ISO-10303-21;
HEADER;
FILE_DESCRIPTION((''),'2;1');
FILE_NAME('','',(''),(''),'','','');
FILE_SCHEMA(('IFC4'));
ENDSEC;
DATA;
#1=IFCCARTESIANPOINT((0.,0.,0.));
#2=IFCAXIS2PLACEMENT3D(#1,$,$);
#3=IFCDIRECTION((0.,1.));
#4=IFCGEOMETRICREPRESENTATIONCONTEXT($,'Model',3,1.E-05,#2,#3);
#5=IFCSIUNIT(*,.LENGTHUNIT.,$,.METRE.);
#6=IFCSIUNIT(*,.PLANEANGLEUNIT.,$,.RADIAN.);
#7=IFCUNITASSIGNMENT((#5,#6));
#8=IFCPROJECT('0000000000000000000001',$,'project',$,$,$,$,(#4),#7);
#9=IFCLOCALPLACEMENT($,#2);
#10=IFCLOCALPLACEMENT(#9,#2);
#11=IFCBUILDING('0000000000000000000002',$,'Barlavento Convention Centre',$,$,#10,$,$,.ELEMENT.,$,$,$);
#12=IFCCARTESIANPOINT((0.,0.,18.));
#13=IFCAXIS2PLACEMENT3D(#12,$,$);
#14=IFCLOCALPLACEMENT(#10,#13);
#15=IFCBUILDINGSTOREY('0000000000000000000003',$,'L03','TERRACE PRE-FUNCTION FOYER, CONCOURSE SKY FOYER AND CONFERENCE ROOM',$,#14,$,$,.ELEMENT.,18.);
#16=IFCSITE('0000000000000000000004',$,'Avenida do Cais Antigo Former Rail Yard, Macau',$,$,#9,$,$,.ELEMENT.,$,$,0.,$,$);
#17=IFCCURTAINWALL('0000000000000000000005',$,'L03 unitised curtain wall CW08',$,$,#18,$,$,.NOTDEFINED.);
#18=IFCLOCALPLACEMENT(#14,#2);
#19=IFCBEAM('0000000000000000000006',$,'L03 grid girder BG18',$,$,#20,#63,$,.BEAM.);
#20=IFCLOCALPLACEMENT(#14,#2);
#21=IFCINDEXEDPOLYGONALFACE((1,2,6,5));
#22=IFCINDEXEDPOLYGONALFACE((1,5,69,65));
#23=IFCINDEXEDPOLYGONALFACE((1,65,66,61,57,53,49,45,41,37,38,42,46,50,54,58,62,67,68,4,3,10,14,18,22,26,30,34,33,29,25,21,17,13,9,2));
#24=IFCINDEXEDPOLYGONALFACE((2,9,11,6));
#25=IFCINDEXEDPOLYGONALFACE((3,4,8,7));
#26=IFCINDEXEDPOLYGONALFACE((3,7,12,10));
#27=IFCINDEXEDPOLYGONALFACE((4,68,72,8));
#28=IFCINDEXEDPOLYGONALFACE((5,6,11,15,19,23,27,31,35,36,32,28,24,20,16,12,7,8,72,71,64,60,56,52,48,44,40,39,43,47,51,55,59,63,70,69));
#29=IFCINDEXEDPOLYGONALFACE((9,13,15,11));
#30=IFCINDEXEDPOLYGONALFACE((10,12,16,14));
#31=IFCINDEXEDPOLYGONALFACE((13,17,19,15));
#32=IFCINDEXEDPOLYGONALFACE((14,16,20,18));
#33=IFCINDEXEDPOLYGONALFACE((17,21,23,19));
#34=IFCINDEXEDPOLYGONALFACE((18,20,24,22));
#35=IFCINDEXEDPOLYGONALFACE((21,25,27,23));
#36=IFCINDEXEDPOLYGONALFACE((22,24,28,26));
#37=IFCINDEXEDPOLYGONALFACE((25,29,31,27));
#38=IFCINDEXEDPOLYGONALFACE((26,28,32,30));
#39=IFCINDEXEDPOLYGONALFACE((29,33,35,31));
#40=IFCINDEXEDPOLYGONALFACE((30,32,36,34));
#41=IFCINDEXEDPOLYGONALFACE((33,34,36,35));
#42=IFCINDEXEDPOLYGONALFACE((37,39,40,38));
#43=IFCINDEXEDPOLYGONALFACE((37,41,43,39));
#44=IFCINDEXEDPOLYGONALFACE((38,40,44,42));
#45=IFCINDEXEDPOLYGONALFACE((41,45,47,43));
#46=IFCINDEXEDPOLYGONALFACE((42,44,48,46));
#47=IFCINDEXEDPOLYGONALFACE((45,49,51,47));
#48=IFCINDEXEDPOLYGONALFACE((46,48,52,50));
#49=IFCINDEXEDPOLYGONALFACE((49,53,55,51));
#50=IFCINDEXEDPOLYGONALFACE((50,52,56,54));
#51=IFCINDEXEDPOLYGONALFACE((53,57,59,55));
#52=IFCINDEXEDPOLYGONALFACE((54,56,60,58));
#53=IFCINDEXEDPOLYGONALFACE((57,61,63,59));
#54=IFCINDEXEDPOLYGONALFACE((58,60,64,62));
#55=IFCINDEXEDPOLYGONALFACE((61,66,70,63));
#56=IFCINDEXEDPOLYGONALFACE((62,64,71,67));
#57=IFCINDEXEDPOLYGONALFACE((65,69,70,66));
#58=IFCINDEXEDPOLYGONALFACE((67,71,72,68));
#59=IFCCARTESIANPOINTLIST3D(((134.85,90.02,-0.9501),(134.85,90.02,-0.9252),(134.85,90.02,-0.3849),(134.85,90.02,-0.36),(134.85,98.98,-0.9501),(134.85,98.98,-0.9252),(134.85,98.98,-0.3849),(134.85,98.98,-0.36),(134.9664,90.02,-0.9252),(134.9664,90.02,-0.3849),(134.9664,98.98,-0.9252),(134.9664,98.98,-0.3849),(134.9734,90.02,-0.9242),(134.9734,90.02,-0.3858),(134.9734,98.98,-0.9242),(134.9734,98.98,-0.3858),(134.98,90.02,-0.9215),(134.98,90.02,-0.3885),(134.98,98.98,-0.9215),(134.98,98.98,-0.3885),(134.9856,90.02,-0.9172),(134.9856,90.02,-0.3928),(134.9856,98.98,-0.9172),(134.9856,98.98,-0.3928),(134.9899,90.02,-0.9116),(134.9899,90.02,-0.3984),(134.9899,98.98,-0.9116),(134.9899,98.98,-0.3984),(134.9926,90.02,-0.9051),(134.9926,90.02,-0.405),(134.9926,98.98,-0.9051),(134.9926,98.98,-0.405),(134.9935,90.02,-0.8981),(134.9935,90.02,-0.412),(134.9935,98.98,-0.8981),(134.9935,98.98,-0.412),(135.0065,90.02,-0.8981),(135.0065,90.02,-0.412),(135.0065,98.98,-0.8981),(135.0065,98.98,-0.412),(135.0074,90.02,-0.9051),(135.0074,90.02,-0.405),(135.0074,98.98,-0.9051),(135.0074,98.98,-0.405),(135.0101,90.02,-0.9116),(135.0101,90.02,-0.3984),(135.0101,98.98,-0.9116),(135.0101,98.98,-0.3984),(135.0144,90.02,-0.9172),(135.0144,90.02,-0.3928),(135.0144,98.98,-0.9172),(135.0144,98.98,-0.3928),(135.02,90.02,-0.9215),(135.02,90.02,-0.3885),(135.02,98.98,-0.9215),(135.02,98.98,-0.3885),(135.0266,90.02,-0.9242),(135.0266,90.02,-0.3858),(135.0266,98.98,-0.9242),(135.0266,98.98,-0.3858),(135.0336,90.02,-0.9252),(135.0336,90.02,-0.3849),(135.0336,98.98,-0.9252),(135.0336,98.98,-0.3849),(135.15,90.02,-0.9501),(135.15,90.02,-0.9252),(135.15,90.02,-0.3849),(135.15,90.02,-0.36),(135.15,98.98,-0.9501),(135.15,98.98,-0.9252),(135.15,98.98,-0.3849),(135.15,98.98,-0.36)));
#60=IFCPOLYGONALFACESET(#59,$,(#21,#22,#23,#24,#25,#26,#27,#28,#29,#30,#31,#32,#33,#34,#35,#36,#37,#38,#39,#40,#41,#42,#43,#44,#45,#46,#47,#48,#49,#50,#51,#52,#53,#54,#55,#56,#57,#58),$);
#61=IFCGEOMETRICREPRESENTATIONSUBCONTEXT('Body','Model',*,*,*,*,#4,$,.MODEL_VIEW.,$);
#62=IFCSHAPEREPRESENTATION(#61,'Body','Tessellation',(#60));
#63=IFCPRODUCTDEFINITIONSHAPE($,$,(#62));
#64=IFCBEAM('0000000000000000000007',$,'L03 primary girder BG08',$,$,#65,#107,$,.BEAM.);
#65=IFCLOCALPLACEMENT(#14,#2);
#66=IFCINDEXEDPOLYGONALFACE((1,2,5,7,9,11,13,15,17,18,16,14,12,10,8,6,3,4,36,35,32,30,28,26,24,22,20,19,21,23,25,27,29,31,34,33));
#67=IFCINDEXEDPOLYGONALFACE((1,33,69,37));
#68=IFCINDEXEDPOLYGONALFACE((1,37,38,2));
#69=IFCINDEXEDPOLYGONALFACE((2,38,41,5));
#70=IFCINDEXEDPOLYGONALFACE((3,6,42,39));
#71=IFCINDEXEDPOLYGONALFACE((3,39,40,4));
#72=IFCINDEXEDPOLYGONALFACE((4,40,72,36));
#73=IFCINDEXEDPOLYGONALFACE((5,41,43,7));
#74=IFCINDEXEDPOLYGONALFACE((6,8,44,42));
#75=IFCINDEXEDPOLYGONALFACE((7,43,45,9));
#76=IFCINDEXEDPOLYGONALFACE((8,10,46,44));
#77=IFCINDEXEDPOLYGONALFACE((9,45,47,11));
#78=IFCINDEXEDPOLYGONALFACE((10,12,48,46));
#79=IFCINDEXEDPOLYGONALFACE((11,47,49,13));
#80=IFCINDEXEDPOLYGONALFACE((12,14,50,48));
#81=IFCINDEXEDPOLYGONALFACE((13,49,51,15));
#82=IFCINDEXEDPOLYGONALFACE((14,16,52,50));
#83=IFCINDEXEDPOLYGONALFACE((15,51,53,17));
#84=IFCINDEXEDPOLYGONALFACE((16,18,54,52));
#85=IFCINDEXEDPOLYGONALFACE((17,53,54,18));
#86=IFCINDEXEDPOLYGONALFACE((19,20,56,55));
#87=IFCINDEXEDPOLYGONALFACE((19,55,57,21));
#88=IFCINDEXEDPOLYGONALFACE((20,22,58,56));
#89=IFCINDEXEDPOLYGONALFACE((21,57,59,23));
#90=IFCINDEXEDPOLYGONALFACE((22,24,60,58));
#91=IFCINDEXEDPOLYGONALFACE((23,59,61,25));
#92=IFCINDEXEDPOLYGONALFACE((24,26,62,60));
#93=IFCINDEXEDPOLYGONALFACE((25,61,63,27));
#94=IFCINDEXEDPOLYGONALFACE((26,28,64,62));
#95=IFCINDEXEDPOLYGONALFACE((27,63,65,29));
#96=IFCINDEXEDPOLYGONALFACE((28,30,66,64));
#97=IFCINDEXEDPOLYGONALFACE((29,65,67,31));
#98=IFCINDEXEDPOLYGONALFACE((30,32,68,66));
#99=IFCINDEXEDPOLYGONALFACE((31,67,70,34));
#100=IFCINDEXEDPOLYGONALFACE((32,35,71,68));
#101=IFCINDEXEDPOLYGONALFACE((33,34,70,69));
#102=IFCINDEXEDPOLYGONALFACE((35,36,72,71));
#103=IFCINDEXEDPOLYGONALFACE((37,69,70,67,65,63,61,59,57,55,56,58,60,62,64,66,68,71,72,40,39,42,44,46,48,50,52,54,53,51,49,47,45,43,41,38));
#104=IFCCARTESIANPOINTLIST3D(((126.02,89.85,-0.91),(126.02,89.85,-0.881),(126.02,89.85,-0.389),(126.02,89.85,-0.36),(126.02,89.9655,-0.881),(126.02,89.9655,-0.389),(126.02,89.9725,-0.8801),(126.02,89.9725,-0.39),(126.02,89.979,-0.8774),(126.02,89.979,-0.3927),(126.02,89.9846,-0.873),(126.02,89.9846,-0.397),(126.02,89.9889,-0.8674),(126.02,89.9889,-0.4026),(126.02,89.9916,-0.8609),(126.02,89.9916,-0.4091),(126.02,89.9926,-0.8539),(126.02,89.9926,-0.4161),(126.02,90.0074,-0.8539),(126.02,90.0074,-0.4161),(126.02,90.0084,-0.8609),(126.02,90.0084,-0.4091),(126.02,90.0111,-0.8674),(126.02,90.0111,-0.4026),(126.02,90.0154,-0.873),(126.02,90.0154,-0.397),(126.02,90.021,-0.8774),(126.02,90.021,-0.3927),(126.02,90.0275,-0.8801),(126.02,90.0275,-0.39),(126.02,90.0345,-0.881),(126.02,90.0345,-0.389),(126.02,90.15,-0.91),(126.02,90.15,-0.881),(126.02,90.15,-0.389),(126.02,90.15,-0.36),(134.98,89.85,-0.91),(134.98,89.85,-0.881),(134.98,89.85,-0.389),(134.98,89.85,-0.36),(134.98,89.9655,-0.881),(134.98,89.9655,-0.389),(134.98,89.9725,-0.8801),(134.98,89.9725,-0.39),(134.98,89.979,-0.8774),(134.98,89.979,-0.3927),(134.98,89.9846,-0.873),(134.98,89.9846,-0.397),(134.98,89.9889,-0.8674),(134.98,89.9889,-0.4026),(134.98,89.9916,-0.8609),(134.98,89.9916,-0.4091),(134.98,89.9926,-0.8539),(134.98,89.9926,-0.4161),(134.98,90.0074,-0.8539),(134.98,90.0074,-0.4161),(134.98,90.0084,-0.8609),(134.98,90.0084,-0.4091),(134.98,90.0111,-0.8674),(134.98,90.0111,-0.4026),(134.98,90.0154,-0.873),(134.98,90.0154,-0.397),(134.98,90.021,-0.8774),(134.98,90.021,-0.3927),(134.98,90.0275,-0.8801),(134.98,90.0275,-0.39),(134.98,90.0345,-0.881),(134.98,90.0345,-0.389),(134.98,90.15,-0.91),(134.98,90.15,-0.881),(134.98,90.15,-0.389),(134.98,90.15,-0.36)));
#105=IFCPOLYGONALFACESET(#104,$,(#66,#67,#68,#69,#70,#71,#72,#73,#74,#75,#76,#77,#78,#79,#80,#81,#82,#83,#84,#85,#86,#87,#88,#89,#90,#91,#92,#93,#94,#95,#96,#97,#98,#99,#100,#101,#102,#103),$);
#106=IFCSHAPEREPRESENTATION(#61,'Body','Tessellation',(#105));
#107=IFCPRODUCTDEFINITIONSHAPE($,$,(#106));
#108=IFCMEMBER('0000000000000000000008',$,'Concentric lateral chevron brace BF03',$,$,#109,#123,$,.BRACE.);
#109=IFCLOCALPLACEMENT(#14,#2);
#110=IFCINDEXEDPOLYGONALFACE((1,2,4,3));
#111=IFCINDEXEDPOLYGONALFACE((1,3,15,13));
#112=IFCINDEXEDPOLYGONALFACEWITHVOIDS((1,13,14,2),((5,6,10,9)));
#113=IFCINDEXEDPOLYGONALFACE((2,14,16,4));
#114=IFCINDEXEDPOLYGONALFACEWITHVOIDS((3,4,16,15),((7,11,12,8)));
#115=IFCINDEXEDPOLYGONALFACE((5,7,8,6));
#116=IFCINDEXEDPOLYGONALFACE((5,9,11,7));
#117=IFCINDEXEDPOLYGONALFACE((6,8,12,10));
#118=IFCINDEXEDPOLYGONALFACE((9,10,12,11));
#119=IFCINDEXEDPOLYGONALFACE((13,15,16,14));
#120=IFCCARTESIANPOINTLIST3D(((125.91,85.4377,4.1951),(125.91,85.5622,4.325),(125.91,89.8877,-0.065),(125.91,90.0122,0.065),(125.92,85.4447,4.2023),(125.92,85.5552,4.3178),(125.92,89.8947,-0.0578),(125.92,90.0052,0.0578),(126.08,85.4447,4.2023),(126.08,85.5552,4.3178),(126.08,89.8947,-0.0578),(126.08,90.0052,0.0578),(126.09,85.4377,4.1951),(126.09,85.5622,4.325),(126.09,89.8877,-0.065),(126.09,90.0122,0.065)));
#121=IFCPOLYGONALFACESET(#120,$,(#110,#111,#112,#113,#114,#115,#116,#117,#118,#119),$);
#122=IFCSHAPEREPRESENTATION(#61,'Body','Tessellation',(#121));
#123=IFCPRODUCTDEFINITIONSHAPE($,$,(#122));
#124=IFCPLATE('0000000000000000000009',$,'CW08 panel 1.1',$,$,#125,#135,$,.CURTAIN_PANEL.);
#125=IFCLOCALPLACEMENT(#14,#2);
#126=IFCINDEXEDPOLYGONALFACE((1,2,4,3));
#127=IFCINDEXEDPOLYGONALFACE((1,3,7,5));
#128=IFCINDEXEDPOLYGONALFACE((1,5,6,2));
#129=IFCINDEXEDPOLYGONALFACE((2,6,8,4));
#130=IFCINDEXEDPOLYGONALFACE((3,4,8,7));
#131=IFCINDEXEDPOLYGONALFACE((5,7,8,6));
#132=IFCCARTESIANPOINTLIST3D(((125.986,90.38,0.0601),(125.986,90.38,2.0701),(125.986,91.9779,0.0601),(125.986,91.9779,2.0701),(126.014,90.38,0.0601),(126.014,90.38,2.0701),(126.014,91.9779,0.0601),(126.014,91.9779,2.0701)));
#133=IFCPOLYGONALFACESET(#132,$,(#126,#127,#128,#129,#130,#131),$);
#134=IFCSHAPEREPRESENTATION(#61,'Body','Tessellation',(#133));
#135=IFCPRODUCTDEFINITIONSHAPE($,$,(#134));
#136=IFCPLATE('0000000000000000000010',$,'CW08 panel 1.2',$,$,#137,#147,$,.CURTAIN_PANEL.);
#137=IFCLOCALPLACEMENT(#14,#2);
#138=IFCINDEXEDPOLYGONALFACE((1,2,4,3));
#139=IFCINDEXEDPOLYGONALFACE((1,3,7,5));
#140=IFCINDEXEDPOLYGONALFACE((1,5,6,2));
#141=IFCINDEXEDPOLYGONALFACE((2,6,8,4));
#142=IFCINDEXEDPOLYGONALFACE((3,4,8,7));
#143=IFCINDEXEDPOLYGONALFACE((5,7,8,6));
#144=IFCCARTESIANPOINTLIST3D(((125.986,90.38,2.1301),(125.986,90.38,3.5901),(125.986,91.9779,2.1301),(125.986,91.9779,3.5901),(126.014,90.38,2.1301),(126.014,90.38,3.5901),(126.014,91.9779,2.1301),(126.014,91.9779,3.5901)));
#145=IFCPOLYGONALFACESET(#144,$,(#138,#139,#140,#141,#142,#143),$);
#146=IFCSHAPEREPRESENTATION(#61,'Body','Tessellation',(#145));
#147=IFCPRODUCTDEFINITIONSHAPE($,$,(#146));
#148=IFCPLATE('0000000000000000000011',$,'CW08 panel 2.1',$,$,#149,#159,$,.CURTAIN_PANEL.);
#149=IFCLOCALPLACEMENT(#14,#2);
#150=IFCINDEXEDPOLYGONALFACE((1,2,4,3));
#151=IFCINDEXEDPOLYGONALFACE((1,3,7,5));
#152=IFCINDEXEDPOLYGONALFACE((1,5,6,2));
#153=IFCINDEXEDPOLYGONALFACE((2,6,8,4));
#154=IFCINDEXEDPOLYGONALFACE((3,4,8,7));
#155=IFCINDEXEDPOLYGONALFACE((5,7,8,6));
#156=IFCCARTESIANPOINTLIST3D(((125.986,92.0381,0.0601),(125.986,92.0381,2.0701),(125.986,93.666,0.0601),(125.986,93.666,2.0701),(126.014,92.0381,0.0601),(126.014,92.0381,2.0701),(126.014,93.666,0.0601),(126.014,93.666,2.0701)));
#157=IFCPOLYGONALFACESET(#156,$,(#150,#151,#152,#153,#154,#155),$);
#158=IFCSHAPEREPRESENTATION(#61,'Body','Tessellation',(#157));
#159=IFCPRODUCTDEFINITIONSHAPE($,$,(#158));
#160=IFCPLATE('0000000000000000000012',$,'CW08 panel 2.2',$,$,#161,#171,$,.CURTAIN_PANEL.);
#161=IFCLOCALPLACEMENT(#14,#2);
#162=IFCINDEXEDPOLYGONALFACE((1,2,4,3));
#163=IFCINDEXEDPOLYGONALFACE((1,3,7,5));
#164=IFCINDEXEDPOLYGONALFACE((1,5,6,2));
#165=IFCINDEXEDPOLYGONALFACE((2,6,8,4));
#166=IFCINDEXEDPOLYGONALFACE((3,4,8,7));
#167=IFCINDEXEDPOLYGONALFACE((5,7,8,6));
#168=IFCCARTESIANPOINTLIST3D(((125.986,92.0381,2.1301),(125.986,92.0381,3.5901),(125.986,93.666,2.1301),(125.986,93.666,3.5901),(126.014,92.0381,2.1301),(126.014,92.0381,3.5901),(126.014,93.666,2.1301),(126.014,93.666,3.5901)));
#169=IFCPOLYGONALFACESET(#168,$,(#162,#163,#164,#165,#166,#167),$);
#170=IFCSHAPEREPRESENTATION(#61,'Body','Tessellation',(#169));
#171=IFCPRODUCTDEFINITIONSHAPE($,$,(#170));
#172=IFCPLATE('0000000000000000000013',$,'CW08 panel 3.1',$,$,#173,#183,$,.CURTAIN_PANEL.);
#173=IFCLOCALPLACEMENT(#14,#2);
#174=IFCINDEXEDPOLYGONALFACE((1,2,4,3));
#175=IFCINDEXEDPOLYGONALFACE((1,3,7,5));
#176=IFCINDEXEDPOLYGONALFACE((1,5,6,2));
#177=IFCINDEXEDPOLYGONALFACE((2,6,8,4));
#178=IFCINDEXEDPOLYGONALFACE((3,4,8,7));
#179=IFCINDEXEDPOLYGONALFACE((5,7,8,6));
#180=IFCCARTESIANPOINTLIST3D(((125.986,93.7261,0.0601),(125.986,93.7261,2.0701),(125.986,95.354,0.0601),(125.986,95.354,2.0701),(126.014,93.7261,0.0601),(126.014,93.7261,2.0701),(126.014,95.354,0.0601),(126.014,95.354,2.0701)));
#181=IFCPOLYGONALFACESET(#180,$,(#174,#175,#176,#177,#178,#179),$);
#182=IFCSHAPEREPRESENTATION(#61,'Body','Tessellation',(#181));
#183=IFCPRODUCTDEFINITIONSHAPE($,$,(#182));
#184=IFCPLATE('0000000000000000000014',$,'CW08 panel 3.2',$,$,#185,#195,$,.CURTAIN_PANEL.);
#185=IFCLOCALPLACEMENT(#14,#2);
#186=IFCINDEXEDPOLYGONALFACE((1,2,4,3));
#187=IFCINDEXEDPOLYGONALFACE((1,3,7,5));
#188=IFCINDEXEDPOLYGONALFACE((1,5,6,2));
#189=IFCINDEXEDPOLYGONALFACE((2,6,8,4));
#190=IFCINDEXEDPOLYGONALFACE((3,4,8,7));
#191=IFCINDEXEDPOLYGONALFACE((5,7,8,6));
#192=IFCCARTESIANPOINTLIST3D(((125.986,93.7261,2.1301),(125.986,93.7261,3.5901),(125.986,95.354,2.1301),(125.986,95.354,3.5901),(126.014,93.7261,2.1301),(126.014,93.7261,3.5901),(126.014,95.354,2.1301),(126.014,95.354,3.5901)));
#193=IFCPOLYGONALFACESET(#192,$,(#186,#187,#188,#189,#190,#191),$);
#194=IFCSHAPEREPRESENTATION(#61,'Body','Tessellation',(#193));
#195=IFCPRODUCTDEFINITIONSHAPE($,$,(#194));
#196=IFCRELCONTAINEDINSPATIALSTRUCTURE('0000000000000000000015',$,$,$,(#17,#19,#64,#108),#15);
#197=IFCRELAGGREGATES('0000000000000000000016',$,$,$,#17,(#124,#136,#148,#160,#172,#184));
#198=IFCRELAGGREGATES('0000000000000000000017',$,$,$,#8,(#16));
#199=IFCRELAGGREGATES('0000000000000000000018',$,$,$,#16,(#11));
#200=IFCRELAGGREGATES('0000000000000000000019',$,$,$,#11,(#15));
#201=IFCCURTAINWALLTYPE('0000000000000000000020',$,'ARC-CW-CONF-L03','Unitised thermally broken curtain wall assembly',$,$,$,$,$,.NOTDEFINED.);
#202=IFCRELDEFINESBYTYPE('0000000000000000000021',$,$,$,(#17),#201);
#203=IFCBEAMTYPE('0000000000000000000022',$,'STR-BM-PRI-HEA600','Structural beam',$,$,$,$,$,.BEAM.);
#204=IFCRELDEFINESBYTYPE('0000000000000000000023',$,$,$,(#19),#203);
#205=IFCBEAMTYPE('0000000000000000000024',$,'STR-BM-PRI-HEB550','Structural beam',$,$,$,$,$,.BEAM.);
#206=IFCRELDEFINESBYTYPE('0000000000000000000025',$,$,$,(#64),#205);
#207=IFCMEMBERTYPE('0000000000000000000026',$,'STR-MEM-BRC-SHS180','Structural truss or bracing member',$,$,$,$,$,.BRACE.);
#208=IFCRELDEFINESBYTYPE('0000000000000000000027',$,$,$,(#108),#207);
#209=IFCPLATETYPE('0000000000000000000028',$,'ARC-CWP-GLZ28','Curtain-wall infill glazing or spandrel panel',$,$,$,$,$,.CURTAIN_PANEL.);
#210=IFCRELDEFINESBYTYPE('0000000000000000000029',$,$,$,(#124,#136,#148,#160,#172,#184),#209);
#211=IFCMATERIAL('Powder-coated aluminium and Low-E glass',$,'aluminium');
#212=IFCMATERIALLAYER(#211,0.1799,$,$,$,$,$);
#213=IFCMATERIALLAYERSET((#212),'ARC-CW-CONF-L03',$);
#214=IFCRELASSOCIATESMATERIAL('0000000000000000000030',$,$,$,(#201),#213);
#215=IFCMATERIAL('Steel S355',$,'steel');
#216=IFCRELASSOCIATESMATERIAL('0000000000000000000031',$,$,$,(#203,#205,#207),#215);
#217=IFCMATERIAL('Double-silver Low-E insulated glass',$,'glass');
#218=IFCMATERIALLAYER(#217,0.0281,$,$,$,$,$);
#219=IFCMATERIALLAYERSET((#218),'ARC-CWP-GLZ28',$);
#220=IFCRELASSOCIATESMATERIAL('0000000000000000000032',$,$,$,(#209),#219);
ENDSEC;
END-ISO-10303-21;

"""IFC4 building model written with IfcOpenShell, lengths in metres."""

from ifc_helpers import new_model, si_unit, direction, frame, origin, origin_2d, place, context, subcontext, project, spatial, rectangle, hollow_rectangle, i_section, extrude, material, layer, layer_set, material_profile, profile_set, type_object, element, aggregate, save


model = new_model("IFC4")

# Units and contexts
model_context = context("Model", 3, precision=1e-05, world=origin(), true_north=direction((0.0, 1.0)))
body_context = subcontext(model_context, "Body", "Model", "MODEL_VIEW")
ifc_project = project(units=[si_unit("LENGTHUNIT", "METRE"), si_unit("PLANEANGLEUNIT", "RADIAN")], contexts=[model_context])

# Site, building, storey
site_placement = place(None, origin())
site = spatial("IfcSite", under=ifc_project, at=site_placement, Name="Avenida do Cais Antigo Former Rail Yard, Macau", CompositionType="ELEMENT", RefElevation=0.0)
building_placement = place(site_placement, origin())
building = spatial("IfcBuilding", under=site, at=building_placement, Name="Barlavento Convention Centre", CompositionType="ELEMENT")
storey_placement = place(building_placement, frame((0.0, 0.0, 18.0)))
storey = spatial("IfcBuildingStorey", under=building, at=storey_placement, Name="L03", Description="TERRACE PRE-FUNCTION FOYER, CONCOURSE SKY FOYER AND CONFERENCE ROOM", CompositionType="ELEMENT", Elevation=18.0)

# Shared definitions
ifc_material_1 = material(Name="Steel S355", Category="steel")

# Curtain wall
ifc_material_2 = material(Name="Powder-coated aluminium and Low-E glass", Category="aluminium")
ifc_layer_1 = layer(ifc_material_2, 0.1799)
ifc_layer_set_1 = layer_set([ifc_layer_1], Name="ARC-CW-CONF-L03")
curtain_wall_type = type_object("IfcCurtainWallType", Name="ARC-CW-CONF-L03", Description="Unitised thermally broken curtain wall assembly", PredefinedType="NOTDEFINED", material=ifc_layer_set_1)
curtain_wall_placement = place(storey_placement, origin())
curtain_wall = element("IfcCurtainWall", 1, at=curtain_wall_placement, inside=storey, type_object=curtain_wall_type, Name="L03 unitised curtain wall CW08", PredefinedType="NOTDEFINED")

# Beams
ifc_material_profile_1 = material_profile(ifc_material_1, i_section(OverallWidth=0.3, OverallDepth=0.5901, WebThickness=0.0129, FlangeThickness=0.0249, FilletRadius=0.0271, at=origin_2d()), Name="HEA 600")
ifc_profile_set_1 = profile_set([ifc_material_profile_1], Name="Steel S355")
beam_type_1 = type_object("IfcBeamType", Name="STR-BM-PRI-HEA600", Description="Structural beam", PredefinedType="BEAM", material=ifc_profile_set_1)
beam_1_placement = place(storey_placement, frame((135.0, 90.02, -0.655), z_axis=(0.0, 1.0, 0.0), x_axis=(-1.0, 0.0, 0.0)))
element("IfcBeam", 2, at=beam_1_placement, inside=storey, type_object=beam_type_1, Name="L03 grid girder BG18", PredefinedType="BEAM", context=body_context, shape_type="SweptSolid", body=[
    extrude(i_section(OverallWidth=0.3, OverallDepth=0.5901, WebThickness=0.0129, FlangeThickness=0.0249, FilletRadius=0.0271, at=origin_2d()), origin(), (0.0, 0.0, 1.0), 8.96),
])
ifc_material_profile_2 = material_profile(ifc_material_1, i_section(OverallWidth=0.3, OverallDepth=0.55, WebThickness=0.0149, FlangeThickness=0.0291, FilletRadius=0.0271, at=origin_2d()), Name="HEB 550")
ifc_profile_set_2 = profile_set([ifc_material_profile_2], Name="Steel S355")
beam_type_2 = type_object("IfcBeamType", Name="STR-BM-PRI-HEB550", Description="Structural beam", PredefinedType="BEAM", material=ifc_profile_set_2)
beam_2_placement = place(storey_placement, frame((126.02, 90.0, -0.635), z_axis=(1.0, 0.0, 0.0), x_axis=(0.0, 1.0, 0.0)))
element("IfcBeam", 3, at=beam_2_placement, inside=storey, type_object=beam_type_2, Name="L03 primary girder BG08", PredefinedType="BEAM", context=body_context, shape_type="SweptSolid", body=[
    extrude(i_section(OverallWidth=0.3, OverallDepth=0.55, WebThickness=0.0149, FlangeThickness=0.0291, FilletRadius=0.0271, at=origin_2d()), origin(), (0.0, 0.0, 1.0), 8.96),
])

# Member
ifc_material_profile_3 = material_profile(ifc_material_1, hollow_rectangle(XDim=0.1799, YDim=0.1799, WallThickness=0.01, at=origin_2d()), Name="SHS 180x180x10.0")
ifc_profile_set_3 = profile_set([ifc_material_profile_3], Name="Steel S355")
member_type_1 = type_object("IfcMemberType", Name="STR-MEM-BRC-SHS180", Description="Structural truss or bracing member", PredefinedType="BRACE", material=ifc_profile_set_3)
member_1_placement = place(storey_placement, frame((126.0, 89.95, 0.0), z_axis=(0.0, -0.722355, 0.691522), x_axis=(1.0, 0.0, 0.0)))
element("IfcMember", 4, at=member_1_placement, inside=storey, type_object=member_type_1, Name="Concentric lateral chevron brace BF03", PredefinedType="BRACE", context=body_context, shape_type="SweptSolid", body=[
    extrude(hollow_rectangle(XDim=0.1799, YDim=0.1799, WallThickness=0.01, at=origin_2d()), origin(), (0.0, 0.0, 1.0), 6.1604),
])

# Plates
ifc_material_3 = material(Name="Double-silver Low-E insulated glass", Category="glass")
ifc_layer_2 = layer(ifc_material_3, 0.0281)
ifc_layer_set_2 = layer_set([ifc_layer_2], Name="ARC-CWP-GLZ28")
plate_type = type_object("IfcPlateType", Name="ARC-CWP-GLZ28", Description="Curtain-wall infill glazing or spandrel panel", PredefinedType="CURTAIN_PANEL", material=ifc_layer_set_2)
plate_1_placement = place(storey_placement, frame((126.0, 91.179, 0.0601), z_axis=(0.0, 0.0, 1.0), x_axis=(0.0, 1.0, 0.0)))
plate_1 = element("IfcPlate", 5, at=plate_1_placement, type_object=plate_type, Name="CW08 panel 1.1", PredefinedType="CURTAIN_PANEL", context=body_context, shape_type="SweptSolid", body=[
    extrude(rectangle(XDim=1.5979, YDim=0.0281, at=origin_2d()), origin(), (0.0, 0.0, 1.0), 2.01),
])
plate_2_placement = place(storey_placement, frame((126.0, 91.179, 2.1301), z_axis=(0.0, 0.0, 1.0), x_axis=(0.0, 1.0, 0.0)))
plate_2 = element("IfcPlate", 6, at=plate_2_placement, type_object=plate_type, Name="CW08 panel 1.2", PredefinedType="CURTAIN_PANEL", context=body_context, shape_type="SweptSolid", body=[
    extrude(rectangle(XDim=1.5979, YDim=0.0281, at=origin_2d()), origin(), (0.0, 0.0, 1.0), 1.46),
])
plate_3_placement = place(storey_placement, frame((126.0, 92.8521, 0.0601), z_axis=(0.0, 0.0, 1.0), x_axis=(0.0, 1.0, 0.0)))
plate_3 = element("IfcPlate", 7, at=plate_3_placement, type_object=plate_type, Name="CW08 panel 2.1", PredefinedType="CURTAIN_PANEL", context=body_context, shape_type="SweptSolid", body=[
    extrude(rectangle(XDim=1.6279, YDim=0.0281, at=origin_2d()), origin(), (0.0, 0.0, 1.0), 2.01),
])
plate_4_placement = place(storey_placement, frame((126.0, 92.8521, 2.1301), z_axis=(0.0, 0.0, 1.0), x_axis=(0.0, 1.0, 0.0)))
plate_4 = element("IfcPlate", 8, at=plate_4_placement, type_object=plate_type, Name="CW08 panel 2.2", PredefinedType="CURTAIN_PANEL", context=body_context, shape_type="SweptSolid", body=[
    extrude(rectangle(XDim=1.6279, YDim=0.0281, at=origin_2d()), origin(), (0.0, 0.0, 1.0), 1.46),
])
plate_5_placement = place(storey_placement, frame((126.0, 94.54, 0.0601), z_axis=(0.0, 0.0, 1.0), x_axis=(0.0, 1.0, 0.0)))
plate_5 = element("IfcPlate", 9, at=plate_5_placement, type_object=plate_type, Name="CW08 panel 3.1", PredefinedType="CURTAIN_PANEL", context=body_context, shape_type="SweptSolid", body=[
    extrude(rectangle(XDim=1.6279, YDim=0.0281, at=origin_2d()), origin(), (0.0, 0.0, 1.0), 2.01),
])
plate_6_placement = place(storey_placement, frame((126.0, 94.54, 2.1301), z_axis=(0.0, 0.0, 1.0), x_axis=(0.0, 1.0, 0.0)))
plate_6 = element("IfcPlate", 10, at=plate_6_placement, type_object=plate_type, Name="CW08 panel 3.2", PredefinedType="CURTAIN_PANEL", context=body_context, shape_type="SweptSolid", body=[
    extrude(rectangle(XDim=1.6279, YDim=0.0281, at=origin_2d()), origin(), (0.0, 0.0, 1.0), 1.46),
])
aggregate(curtain_wall, [plate_1, plate_2, plate_3, plate_4, plate_5, plate_6])

save(model, "model.ifc")
